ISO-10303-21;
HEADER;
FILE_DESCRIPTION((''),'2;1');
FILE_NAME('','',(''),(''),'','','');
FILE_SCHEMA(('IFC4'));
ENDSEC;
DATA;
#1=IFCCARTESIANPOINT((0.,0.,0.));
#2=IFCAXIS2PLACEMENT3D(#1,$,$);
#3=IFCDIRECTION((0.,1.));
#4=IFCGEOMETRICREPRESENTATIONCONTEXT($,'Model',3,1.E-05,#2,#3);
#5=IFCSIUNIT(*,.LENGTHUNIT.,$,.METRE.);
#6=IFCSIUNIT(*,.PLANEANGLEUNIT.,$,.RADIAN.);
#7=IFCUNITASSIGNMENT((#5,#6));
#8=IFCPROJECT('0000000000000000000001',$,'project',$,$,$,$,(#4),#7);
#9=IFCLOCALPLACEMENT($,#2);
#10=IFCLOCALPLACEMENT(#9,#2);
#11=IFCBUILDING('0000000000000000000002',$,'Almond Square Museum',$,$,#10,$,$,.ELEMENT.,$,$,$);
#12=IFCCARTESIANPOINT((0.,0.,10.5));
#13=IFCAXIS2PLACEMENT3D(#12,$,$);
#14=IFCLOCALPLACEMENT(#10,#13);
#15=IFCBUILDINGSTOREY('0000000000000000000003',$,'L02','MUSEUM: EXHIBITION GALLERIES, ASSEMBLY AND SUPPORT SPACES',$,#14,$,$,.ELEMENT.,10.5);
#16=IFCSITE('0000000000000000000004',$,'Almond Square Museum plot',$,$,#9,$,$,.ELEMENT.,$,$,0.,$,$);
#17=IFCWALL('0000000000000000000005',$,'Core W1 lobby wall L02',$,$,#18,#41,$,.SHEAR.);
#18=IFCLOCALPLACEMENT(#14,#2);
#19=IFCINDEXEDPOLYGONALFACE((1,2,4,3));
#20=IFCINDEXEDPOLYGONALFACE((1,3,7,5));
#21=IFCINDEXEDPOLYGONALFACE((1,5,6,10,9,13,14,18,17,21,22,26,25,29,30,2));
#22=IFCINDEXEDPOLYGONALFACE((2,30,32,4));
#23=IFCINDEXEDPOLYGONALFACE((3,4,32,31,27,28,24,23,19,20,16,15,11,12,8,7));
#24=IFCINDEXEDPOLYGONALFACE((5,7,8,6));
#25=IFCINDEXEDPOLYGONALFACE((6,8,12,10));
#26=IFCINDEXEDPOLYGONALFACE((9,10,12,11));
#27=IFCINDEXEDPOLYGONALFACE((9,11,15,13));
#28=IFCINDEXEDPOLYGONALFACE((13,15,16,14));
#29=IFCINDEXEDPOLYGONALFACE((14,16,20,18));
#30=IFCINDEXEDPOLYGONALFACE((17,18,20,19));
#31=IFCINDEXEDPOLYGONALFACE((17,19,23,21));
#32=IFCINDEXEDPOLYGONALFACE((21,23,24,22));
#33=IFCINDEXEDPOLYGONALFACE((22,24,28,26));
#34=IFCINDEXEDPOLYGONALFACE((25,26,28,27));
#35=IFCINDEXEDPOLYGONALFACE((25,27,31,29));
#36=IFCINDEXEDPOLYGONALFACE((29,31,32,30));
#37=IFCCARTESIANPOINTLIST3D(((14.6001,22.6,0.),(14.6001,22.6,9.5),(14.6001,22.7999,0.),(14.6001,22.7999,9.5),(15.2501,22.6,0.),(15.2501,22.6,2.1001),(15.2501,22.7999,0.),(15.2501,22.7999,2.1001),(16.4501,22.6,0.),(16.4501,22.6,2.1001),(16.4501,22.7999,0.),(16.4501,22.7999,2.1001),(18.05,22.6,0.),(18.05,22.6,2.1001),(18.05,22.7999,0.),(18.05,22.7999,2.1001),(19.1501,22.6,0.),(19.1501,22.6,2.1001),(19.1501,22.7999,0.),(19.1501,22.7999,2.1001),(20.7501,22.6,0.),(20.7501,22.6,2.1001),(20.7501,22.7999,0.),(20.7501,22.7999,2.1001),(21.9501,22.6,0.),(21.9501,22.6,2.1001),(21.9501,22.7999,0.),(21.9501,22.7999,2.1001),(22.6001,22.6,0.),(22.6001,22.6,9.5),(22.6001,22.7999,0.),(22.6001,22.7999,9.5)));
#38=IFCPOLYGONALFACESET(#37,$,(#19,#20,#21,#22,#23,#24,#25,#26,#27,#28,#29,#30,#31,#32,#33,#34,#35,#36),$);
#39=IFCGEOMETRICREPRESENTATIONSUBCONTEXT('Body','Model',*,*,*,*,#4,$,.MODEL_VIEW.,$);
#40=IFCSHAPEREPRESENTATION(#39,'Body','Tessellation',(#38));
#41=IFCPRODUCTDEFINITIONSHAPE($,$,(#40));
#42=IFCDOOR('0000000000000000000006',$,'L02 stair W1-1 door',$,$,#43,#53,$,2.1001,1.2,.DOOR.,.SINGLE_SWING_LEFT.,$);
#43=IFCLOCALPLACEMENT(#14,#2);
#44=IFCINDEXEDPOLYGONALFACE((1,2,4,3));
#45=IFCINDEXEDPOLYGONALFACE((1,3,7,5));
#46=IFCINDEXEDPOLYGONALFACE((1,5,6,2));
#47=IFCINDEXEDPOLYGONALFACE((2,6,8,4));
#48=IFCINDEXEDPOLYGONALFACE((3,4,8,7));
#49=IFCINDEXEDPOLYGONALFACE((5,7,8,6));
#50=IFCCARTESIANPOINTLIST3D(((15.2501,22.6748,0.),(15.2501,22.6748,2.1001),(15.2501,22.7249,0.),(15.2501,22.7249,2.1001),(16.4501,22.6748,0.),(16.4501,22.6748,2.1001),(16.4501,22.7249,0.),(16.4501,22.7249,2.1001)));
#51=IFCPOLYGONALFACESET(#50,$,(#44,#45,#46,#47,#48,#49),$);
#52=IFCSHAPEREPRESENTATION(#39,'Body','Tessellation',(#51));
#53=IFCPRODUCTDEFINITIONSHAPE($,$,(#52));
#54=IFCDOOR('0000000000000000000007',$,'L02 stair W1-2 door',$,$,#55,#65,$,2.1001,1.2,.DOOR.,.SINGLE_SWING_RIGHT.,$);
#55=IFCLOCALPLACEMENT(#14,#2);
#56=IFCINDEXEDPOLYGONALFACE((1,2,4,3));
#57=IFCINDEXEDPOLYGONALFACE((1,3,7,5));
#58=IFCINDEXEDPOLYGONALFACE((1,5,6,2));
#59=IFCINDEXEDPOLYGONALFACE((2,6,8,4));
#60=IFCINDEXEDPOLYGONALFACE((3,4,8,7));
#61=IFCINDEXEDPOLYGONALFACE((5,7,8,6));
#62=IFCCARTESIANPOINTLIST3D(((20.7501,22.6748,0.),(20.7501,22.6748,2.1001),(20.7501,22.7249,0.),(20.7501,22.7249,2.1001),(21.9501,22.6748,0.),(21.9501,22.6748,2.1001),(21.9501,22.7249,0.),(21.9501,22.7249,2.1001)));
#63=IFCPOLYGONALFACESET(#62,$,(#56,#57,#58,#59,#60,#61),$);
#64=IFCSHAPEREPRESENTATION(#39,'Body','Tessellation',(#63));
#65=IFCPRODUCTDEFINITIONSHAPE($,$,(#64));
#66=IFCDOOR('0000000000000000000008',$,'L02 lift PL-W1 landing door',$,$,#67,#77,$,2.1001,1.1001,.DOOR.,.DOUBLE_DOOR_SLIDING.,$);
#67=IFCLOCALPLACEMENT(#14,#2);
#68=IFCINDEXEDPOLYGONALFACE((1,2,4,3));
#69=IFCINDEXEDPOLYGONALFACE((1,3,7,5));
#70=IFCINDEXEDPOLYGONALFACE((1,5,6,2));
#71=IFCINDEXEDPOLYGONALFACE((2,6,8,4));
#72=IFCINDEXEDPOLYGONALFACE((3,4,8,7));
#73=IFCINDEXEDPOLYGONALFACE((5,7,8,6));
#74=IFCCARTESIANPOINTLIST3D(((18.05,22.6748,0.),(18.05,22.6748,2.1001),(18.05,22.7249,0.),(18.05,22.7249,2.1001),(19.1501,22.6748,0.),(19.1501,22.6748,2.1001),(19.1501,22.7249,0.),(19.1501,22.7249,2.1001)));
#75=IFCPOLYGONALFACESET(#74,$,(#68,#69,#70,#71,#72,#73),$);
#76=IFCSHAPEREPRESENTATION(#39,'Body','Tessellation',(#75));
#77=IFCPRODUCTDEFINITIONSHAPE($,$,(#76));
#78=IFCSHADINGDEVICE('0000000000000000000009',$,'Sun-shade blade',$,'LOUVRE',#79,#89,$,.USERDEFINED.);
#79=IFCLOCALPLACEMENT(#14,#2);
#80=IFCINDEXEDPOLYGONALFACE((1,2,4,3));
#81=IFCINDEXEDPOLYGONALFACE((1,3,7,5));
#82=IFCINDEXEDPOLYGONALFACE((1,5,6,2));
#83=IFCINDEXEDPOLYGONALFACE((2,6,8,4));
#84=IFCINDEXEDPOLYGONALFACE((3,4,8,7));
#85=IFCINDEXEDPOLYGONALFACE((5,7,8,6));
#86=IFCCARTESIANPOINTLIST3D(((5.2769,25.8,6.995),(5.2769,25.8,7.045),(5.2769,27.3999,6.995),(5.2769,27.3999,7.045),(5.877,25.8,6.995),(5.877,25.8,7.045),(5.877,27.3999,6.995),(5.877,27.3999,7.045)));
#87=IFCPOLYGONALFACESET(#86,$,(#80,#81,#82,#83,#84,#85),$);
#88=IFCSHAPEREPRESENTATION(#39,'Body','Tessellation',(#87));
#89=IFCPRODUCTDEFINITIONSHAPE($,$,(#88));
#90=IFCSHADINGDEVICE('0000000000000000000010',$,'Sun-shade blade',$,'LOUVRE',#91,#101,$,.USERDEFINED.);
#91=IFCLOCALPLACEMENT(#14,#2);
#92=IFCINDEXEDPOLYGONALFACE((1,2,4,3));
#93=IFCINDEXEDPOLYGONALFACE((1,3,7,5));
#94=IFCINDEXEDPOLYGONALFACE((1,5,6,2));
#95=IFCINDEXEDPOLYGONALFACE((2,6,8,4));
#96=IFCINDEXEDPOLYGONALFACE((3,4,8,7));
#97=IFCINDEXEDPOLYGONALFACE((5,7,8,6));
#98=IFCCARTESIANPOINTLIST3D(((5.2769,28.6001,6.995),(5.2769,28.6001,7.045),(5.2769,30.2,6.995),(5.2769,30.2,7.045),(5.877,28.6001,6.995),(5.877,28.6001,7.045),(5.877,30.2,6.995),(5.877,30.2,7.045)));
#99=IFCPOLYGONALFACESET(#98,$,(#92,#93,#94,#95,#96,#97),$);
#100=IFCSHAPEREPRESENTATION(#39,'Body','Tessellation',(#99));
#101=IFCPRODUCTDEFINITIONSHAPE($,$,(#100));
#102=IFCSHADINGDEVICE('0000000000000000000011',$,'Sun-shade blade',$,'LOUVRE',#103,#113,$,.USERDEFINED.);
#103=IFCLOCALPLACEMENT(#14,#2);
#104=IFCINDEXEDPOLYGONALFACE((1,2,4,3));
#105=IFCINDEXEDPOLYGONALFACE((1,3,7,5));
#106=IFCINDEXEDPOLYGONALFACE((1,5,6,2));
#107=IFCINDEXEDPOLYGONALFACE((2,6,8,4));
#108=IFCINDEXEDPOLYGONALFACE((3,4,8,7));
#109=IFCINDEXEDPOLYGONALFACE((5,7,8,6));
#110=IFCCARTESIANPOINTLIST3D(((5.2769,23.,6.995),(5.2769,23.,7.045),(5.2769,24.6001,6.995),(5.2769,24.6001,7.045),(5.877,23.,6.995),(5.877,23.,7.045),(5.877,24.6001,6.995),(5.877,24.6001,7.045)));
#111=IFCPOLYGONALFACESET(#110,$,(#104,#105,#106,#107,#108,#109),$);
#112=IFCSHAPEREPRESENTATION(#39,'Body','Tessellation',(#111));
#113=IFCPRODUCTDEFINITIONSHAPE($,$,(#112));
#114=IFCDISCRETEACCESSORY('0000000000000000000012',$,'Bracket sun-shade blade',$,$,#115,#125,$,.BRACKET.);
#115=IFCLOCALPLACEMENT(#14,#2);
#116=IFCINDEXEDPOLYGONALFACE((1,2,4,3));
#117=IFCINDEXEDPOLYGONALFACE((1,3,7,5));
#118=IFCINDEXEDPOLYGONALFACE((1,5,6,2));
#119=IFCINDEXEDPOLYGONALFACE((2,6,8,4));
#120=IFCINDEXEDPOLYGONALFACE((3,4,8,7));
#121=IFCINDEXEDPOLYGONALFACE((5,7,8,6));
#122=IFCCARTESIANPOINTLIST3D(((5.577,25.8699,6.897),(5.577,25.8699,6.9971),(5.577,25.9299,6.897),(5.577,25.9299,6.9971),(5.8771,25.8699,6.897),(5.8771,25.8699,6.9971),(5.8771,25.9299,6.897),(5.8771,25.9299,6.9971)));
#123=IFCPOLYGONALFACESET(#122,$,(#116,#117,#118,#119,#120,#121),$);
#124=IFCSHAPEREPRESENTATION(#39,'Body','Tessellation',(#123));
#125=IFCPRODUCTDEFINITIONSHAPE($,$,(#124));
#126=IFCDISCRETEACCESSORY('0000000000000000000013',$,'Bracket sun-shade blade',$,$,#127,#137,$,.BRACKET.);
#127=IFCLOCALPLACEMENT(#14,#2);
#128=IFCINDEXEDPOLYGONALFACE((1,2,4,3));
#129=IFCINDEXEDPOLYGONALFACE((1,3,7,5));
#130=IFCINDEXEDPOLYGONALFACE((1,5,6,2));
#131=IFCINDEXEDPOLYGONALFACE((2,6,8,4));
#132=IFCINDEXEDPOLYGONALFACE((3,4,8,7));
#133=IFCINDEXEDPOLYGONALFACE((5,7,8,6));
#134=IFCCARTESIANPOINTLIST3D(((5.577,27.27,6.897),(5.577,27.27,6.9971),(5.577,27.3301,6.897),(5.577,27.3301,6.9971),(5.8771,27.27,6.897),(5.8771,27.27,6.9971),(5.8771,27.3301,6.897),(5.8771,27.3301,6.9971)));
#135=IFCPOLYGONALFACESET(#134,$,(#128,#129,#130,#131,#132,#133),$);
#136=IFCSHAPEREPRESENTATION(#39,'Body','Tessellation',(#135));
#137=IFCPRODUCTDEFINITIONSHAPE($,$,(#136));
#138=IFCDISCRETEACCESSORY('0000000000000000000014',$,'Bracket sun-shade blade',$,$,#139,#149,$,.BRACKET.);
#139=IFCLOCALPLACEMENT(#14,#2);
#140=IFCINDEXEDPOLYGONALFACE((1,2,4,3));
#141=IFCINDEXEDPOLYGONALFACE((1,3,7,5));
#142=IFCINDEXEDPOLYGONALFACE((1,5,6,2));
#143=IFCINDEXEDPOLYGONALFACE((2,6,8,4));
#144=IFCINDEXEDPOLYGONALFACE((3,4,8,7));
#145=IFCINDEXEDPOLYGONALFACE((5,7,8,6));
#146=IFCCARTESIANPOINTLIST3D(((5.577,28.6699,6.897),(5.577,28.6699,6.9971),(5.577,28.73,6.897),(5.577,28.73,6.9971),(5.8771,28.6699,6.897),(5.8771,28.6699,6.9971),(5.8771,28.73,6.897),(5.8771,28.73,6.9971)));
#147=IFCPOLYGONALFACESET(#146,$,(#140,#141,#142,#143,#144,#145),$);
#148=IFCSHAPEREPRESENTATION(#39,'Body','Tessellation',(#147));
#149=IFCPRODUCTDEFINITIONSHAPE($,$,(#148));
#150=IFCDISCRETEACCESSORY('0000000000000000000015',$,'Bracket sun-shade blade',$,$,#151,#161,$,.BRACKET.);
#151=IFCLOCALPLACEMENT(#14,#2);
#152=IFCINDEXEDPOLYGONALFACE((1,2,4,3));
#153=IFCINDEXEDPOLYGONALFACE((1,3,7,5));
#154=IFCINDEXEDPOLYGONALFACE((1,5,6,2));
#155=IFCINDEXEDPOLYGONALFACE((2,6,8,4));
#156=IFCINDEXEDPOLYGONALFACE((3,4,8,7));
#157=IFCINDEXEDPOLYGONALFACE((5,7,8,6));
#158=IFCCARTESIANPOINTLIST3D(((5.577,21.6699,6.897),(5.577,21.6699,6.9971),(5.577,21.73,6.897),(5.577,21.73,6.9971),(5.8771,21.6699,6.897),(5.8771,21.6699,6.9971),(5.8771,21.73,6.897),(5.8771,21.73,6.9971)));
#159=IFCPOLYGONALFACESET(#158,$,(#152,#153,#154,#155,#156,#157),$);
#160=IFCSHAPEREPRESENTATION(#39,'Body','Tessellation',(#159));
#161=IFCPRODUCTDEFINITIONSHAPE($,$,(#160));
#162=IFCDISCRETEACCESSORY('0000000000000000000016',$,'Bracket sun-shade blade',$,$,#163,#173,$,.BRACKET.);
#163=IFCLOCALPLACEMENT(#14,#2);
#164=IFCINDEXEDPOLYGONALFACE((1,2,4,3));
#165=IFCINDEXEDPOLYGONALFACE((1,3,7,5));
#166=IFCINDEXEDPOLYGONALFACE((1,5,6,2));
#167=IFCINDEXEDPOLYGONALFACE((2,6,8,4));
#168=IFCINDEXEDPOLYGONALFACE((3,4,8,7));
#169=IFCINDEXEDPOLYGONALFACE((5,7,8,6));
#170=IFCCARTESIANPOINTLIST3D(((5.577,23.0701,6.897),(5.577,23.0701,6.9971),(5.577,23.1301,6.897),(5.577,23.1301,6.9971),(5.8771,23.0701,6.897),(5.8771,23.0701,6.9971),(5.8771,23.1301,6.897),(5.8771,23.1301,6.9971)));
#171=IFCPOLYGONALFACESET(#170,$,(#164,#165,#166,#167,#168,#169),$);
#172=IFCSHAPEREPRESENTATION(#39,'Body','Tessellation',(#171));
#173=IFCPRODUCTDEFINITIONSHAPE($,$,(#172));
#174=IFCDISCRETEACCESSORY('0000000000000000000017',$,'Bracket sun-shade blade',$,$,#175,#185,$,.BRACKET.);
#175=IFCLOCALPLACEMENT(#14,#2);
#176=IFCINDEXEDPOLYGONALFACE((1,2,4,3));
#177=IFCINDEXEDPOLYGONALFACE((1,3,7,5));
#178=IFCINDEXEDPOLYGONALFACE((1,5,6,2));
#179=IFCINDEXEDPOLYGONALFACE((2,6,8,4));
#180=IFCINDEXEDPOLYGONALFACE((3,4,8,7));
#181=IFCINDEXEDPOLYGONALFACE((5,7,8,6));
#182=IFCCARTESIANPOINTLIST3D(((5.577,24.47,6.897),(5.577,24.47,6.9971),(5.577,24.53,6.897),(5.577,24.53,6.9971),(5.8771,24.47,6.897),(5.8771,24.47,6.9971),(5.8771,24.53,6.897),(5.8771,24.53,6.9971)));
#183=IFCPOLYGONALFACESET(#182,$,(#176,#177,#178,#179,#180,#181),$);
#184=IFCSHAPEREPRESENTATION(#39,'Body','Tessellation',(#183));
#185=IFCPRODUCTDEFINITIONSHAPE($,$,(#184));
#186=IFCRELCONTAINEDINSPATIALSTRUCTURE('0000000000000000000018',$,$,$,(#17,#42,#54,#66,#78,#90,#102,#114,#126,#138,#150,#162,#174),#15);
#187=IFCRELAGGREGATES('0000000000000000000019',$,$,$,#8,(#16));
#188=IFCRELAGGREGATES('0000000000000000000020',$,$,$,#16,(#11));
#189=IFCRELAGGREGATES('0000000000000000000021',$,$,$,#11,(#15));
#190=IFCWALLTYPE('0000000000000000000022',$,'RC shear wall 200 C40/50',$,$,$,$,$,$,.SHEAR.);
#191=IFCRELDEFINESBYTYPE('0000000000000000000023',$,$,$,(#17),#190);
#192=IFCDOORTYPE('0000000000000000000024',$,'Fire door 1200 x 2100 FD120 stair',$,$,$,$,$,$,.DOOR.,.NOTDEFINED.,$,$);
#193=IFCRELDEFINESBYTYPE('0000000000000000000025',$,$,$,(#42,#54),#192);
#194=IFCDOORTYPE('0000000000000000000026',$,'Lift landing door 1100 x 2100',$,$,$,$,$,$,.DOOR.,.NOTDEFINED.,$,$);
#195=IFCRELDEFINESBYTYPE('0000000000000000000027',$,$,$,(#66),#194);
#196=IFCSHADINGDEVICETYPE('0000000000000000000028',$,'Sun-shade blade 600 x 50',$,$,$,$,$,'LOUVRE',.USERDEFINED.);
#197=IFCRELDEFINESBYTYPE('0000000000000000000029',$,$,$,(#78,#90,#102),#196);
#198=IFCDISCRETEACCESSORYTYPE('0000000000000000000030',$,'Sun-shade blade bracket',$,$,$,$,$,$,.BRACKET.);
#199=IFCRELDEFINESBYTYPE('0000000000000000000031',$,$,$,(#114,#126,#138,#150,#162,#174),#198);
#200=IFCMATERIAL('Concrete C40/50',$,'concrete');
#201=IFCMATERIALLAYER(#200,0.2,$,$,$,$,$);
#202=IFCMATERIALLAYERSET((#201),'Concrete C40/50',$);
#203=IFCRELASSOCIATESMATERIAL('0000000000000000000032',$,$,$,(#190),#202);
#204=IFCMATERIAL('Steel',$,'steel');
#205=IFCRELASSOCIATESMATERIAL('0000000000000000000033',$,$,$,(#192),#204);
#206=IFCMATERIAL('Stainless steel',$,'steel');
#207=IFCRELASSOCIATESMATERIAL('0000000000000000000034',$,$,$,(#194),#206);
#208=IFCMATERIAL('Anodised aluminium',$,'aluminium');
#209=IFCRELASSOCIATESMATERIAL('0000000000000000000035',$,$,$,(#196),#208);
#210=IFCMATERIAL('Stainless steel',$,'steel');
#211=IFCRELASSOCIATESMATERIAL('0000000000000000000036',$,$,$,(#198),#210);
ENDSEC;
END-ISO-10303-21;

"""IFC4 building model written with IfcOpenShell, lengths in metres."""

from ifc_helpers import new_model, si_unit, direction, frame, frame_2d, origin, origin_2d, place, context, subcontext, project, spatial, rectangle, extrude, material, layer, layer_set, material_profile, profile_set, type_object, element, fill, save


model = new_model("IFC4")

# Units and contexts
model_context = context("Model", 3, precision=1e-05, world=origin(), true_north=direction((0.0, 1.0)))
body_context = subcontext(model_context, "Body", "Model", "MODEL_VIEW")
ifc_project = project(units=[si_unit("LENGTHUNIT", "METRE"), si_unit("PLANEANGLEUNIT", "RADIAN")], contexts=[model_context])

# Site, building, storey
site_placement = place(None, origin())
site = spatial("IfcSite", under=ifc_project, at=site_placement, Name="Almond Square Museum plot", CompositionType="ELEMENT", RefElevation=0.0)
building_placement = place(site_placement, origin())
building = spatial("IfcBuilding", under=site, at=building_placement, Name="Almond Square Museum", CompositionType="ELEMENT")
storey_placement = place(building_placement, frame((0.0, 0.0, 10.5)))
storey = spatial("IfcBuildingStorey", under=building, at=storey_placement, Name="L02", Description="MUSEUM: EXHIBITION GALLERIES, ASSEMBLY AND SUPPORT SPACES", CompositionType="ELEMENT", Elevation=10.5)

# Shared definitions
ifc_material_1 = material(Name="Concrete C40/50", Category="concrete")
ifc_layer_1 = layer(ifc_material_1, 0.2)
ifc_layer_set_1 = layer_set([ifc_layer_1], Name="Concrete C40/50")
wall_type_1 = type_object("IfcWallType", Name="RC shear wall 200 C40/50", PredefinedType="SHEAR", material=ifc_layer_set_1)

# Wall, openings, doors
wall_1_placement = place(storey_placement, frame((14.6001, 22.7, 0.0), z_axis=(0.0, 0.0, 1.0), x_axis=(1.0, 0.0, 0.0)))
wall_1 = element("IfcWall", 1, at=wall_1_placement, inside=storey, type_object=wall_type_1, Name="Core W1 lobby wall L02", PredefinedType="SHEAR", context=body_context, shape_type="SweptSolid", body=[
    extrude(rectangle(XDim=8.0, YDim=0.2, at=frame_2d((4.0, 0.0))), origin(), (0.0, 0.0, 1.0), 9.5),
])
opening_1_placement = place(wall_1_placement, frame((0.6499, 0.0, 0.0)))
opening_1 = element("IfcOpeningElement", 2, at=opening_1_placement, cuts=wall_1, PredefinedType="OPENING", context=body_context, shape_type="SweptSolid", body=[
    extrude(rectangle(XDim=1.2, YDim=2.1001, at=frame_2d((0.6001, 1.05))), frame((0.0, 0.1099, 0.0), z_axis=(0.0, -1.0, 0.0), x_axis=(1.0, 0.0, 0.0)), (0.0, 0.0, 1.0), 0.22),
])
opening_2_placement = place(wall_1_placement, frame((6.1499, 0.0, 0.0)))
opening_2 = element("IfcOpeningElement", 3, at=opening_2_placement, cuts=wall_1, PredefinedType="OPENING", context=body_context, shape_type="SweptSolid", body=[
    extrude(rectangle(XDim=1.2, YDim=2.1001, at=frame_2d((0.6001, 1.05))), frame((0.0, 0.1099, 0.0), z_axis=(0.0, -1.0, 0.0), x_axis=(1.0, 0.0, 0.0)), (0.0, 0.0, 1.0), 0.22),
])
opening_3_placement = place(wall_1_placement, frame((3.45, 0.0, 0.0)))
opening_3 = element("IfcOpeningElement", 4, at=opening_3_placement, cuts=wall_1, PredefinedType="OPENING", context=body_context, shape_type="SweptSolid", body=[
    extrude(rectangle(XDim=1.1001, YDim=2.1001, at=frame_2d((0.55, 1.05))), frame((0.0, 0.1099, 0.0), z_axis=(0.0, -1.0, 0.0), x_axis=(1.0, 0.0, 0.0)), (0.0, 0.0, 1.0), 0.22),
])
ifc_material_2 = material(Name="Steel", Category="steel")
door_type_1 = type_object("IfcDoorType", Name="Fire door 1200 x 2100 FD120 stair", OperationType="NOTDEFINED", PredefinedType="DOOR", material=ifc_material_2)
door_1_placement = place(opening_1_placement, origin())
door_1 = element("IfcDoor", 5, at=door_1_placement, inside=storey, type_object=door_type_1, Name="L02 stair W1-1 door", OperationType="SINGLE_SWING_LEFT", OverallHeight=2.1001, OverallWidth=1.2, PredefinedType="DOOR", context=body_context, shape_type="SweptSolid", body=[
    extrude(rectangle(XDim=1.2, YDim=2.1001, at=frame_2d((0.6001, 1.05))), frame((0.0, 0.0249, 0.0), z_axis=(0.0, -1.0, 0.0), x_axis=(1.0, 0.0, 0.0)), (0.0, 0.0, 1.0), 0.05),
])
fill(opening_1, door_1)
door_2_placement = place(opening_2_placement, origin())
door_2 = element("IfcDoor", 6, at=door_2_placement, inside=storey, type_object=door_type_1, Name="L02 stair W1-2 door", OperationType="SINGLE_SWING_RIGHT", OverallHeight=2.1001, OverallWidth=1.2, PredefinedType="DOOR", context=body_context, shape_type="SweptSolid", body=[
    extrude(rectangle(XDim=1.2, YDim=2.1001, at=frame_2d((0.6001, 1.05))), frame((0.0, 0.0249, 0.0), z_axis=(0.0, -1.0, 0.0), x_axis=(1.0, 0.0, 0.0)), (0.0, 0.0, 1.0), 0.05),
])
fill(opening_2, door_2)
ifc_material_3 = material(Name="Stainless steel", Category="steel")
door_type_2 = type_object("IfcDoorType", Name="Lift landing door 1100 x 2100", OperationType="NOTDEFINED", PredefinedType="DOOR", material=ifc_material_3)
door_3_placement = place(opening_3_placement, origin())
door_3 = element("IfcDoor", 7, at=door_3_placement, inside=storey, type_object=door_type_2, Name="L02 lift PL-W1 landing door", OperationType="DOUBLE_DOOR_SLIDING", OverallHeight=2.1001, OverallWidth=1.1001, PredefinedType="DOOR", context=body_context, shape_type="SweptSolid", body=[
    extrude(rectangle(XDim=1.1001, YDim=2.1001, at=frame_2d((0.55, 1.05))), frame((0.0, 0.0249, 0.0), z_axis=(0.0, -1.0, 0.0), x_axis=(1.0, 0.0, 0.0)), (0.0, 0.0, 1.0), 0.05),
])
fill(opening_3, door_3)

# Shading devices
ifc_material_4 = material(Name="Anodised aluminium", Category="aluminium")
ifc_material_profile_1 = material_profile(ifc_material_4, rectangle(XDim=0.6001, YDim=0.05, at=origin_2d()))
ifc_profile_set_1 = profile_set([ifc_material_profile_1], Name="Anodised aluminium")
shading_device_type = type_object("IfcShadingDeviceType", Name="Sun-shade blade 600 x 50", ElementType="LOUVRE", PredefinedType="USERDEFINED", material=ifc_profile_set_1)
for number, where, z_axis, x_axis, name in (
    (8, (5.5769, 25.8, 7.02), (0.0, 1.0, 0.0), (-1.0, 0.0, 0.0), "Sun-shade blade"),
    (9, (5.5769, 28.6001, 7.02), (0.0, 1.0, 0.0), (-1.0, 0.0, 0.0), "Sun-shade blade"),
):
    element("IfcShadingDevice", number, at=place(storey_placement, frame(where, z_axis=z_axis, x_axis=x_axis)), inside=storey, type_object=shading_device_type, Name=name, ObjectType="LOUVRE", PredefinedType="USERDEFINED", context=body_context, shape_type="SweptSolid", body=[
        extrude(rectangle(XDim=0.6001, YDim=0.05, at=origin_2d()), origin(), (0.0, 0.0, 1.0), 1.5999),
    ])
shading_device_placement = place(storey_placement, frame((5.5769, 23.0, 7.02), z_axis=(0.0, 1.0, 0.0), x_axis=(-1.0, 0.0, 0.0)))
element("IfcShadingDevice", 10, at=shading_device_placement, inside=storey, type_object=shading_device_type, Name="Sun-shade blade", ObjectType="LOUVRE", PredefinedType="USERDEFINED", context=body_context, shape_type="SweptSolid", body=[
    extrude(rectangle(XDim=0.6001, YDim=0.05, at=origin_2d()), origin(), (0.0, 0.0, 1.0), 1.6001),
])

# Discrete accessories
ifc_material_5 = material(Name="Stainless steel", Category="steel")
discrete_accessory_type = type_object("IfcDiscreteAccessoryType", Name="Sun-shade blade bracket", PredefinedType="BRACKET", material=ifc_material_5)
for number, where, z_axis, x_axis, name in (
    (11, (5.7271, 25.8999, 6.897), (0.0, 0.0, 1.0), (1.0, 0.0, 0.0), "Bracket sun-shade blade"),
    (12, (5.7271, 27.3, 6.897), (0.0, 0.0, 1.0), (1.0, 0.0, 0.0), "Bracket sun-shade blade"),
    (13, (5.7271, 28.7, 6.897), (0.0, 0.0, 1.0), (1.0, 0.0, 0.0), "Bracket sun-shade blade"),
    (14, (5.7271, 21.7, 6.897), (0.0, 0.0, 1.0), (1.0, 0.0, 0.0), "Bracket sun-shade blade"),
    (15, (5.7271, 23.1001, 6.897), (0.0, 0.0, 1.0), (1.0, 0.0, 0.0), "Bracket sun-shade blade"),
    (16, (5.7271, 24.5, 6.897), (0.0, 0.0, 1.0), (1.0, 0.0, 0.0), "Bracket sun-shade blade"),
):
    element("IfcDiscreteAccessory", number, at=place(storey_placement, frame(where, z_axis=z_axis, x_axis=x_axis)), inside=storey, type_object=discrete_accessory_type, Name=name, PredefinedType="BRACKET", context=body_context, shape_type="SweptSolid", body=[
        extrude(rectangle(XDim=0.3, YDim=0.0601, at=origin_2d()), origin(), (0.0, 0.0, 1.0), 0.1001),
    ])

save(model, "model.ifc")
